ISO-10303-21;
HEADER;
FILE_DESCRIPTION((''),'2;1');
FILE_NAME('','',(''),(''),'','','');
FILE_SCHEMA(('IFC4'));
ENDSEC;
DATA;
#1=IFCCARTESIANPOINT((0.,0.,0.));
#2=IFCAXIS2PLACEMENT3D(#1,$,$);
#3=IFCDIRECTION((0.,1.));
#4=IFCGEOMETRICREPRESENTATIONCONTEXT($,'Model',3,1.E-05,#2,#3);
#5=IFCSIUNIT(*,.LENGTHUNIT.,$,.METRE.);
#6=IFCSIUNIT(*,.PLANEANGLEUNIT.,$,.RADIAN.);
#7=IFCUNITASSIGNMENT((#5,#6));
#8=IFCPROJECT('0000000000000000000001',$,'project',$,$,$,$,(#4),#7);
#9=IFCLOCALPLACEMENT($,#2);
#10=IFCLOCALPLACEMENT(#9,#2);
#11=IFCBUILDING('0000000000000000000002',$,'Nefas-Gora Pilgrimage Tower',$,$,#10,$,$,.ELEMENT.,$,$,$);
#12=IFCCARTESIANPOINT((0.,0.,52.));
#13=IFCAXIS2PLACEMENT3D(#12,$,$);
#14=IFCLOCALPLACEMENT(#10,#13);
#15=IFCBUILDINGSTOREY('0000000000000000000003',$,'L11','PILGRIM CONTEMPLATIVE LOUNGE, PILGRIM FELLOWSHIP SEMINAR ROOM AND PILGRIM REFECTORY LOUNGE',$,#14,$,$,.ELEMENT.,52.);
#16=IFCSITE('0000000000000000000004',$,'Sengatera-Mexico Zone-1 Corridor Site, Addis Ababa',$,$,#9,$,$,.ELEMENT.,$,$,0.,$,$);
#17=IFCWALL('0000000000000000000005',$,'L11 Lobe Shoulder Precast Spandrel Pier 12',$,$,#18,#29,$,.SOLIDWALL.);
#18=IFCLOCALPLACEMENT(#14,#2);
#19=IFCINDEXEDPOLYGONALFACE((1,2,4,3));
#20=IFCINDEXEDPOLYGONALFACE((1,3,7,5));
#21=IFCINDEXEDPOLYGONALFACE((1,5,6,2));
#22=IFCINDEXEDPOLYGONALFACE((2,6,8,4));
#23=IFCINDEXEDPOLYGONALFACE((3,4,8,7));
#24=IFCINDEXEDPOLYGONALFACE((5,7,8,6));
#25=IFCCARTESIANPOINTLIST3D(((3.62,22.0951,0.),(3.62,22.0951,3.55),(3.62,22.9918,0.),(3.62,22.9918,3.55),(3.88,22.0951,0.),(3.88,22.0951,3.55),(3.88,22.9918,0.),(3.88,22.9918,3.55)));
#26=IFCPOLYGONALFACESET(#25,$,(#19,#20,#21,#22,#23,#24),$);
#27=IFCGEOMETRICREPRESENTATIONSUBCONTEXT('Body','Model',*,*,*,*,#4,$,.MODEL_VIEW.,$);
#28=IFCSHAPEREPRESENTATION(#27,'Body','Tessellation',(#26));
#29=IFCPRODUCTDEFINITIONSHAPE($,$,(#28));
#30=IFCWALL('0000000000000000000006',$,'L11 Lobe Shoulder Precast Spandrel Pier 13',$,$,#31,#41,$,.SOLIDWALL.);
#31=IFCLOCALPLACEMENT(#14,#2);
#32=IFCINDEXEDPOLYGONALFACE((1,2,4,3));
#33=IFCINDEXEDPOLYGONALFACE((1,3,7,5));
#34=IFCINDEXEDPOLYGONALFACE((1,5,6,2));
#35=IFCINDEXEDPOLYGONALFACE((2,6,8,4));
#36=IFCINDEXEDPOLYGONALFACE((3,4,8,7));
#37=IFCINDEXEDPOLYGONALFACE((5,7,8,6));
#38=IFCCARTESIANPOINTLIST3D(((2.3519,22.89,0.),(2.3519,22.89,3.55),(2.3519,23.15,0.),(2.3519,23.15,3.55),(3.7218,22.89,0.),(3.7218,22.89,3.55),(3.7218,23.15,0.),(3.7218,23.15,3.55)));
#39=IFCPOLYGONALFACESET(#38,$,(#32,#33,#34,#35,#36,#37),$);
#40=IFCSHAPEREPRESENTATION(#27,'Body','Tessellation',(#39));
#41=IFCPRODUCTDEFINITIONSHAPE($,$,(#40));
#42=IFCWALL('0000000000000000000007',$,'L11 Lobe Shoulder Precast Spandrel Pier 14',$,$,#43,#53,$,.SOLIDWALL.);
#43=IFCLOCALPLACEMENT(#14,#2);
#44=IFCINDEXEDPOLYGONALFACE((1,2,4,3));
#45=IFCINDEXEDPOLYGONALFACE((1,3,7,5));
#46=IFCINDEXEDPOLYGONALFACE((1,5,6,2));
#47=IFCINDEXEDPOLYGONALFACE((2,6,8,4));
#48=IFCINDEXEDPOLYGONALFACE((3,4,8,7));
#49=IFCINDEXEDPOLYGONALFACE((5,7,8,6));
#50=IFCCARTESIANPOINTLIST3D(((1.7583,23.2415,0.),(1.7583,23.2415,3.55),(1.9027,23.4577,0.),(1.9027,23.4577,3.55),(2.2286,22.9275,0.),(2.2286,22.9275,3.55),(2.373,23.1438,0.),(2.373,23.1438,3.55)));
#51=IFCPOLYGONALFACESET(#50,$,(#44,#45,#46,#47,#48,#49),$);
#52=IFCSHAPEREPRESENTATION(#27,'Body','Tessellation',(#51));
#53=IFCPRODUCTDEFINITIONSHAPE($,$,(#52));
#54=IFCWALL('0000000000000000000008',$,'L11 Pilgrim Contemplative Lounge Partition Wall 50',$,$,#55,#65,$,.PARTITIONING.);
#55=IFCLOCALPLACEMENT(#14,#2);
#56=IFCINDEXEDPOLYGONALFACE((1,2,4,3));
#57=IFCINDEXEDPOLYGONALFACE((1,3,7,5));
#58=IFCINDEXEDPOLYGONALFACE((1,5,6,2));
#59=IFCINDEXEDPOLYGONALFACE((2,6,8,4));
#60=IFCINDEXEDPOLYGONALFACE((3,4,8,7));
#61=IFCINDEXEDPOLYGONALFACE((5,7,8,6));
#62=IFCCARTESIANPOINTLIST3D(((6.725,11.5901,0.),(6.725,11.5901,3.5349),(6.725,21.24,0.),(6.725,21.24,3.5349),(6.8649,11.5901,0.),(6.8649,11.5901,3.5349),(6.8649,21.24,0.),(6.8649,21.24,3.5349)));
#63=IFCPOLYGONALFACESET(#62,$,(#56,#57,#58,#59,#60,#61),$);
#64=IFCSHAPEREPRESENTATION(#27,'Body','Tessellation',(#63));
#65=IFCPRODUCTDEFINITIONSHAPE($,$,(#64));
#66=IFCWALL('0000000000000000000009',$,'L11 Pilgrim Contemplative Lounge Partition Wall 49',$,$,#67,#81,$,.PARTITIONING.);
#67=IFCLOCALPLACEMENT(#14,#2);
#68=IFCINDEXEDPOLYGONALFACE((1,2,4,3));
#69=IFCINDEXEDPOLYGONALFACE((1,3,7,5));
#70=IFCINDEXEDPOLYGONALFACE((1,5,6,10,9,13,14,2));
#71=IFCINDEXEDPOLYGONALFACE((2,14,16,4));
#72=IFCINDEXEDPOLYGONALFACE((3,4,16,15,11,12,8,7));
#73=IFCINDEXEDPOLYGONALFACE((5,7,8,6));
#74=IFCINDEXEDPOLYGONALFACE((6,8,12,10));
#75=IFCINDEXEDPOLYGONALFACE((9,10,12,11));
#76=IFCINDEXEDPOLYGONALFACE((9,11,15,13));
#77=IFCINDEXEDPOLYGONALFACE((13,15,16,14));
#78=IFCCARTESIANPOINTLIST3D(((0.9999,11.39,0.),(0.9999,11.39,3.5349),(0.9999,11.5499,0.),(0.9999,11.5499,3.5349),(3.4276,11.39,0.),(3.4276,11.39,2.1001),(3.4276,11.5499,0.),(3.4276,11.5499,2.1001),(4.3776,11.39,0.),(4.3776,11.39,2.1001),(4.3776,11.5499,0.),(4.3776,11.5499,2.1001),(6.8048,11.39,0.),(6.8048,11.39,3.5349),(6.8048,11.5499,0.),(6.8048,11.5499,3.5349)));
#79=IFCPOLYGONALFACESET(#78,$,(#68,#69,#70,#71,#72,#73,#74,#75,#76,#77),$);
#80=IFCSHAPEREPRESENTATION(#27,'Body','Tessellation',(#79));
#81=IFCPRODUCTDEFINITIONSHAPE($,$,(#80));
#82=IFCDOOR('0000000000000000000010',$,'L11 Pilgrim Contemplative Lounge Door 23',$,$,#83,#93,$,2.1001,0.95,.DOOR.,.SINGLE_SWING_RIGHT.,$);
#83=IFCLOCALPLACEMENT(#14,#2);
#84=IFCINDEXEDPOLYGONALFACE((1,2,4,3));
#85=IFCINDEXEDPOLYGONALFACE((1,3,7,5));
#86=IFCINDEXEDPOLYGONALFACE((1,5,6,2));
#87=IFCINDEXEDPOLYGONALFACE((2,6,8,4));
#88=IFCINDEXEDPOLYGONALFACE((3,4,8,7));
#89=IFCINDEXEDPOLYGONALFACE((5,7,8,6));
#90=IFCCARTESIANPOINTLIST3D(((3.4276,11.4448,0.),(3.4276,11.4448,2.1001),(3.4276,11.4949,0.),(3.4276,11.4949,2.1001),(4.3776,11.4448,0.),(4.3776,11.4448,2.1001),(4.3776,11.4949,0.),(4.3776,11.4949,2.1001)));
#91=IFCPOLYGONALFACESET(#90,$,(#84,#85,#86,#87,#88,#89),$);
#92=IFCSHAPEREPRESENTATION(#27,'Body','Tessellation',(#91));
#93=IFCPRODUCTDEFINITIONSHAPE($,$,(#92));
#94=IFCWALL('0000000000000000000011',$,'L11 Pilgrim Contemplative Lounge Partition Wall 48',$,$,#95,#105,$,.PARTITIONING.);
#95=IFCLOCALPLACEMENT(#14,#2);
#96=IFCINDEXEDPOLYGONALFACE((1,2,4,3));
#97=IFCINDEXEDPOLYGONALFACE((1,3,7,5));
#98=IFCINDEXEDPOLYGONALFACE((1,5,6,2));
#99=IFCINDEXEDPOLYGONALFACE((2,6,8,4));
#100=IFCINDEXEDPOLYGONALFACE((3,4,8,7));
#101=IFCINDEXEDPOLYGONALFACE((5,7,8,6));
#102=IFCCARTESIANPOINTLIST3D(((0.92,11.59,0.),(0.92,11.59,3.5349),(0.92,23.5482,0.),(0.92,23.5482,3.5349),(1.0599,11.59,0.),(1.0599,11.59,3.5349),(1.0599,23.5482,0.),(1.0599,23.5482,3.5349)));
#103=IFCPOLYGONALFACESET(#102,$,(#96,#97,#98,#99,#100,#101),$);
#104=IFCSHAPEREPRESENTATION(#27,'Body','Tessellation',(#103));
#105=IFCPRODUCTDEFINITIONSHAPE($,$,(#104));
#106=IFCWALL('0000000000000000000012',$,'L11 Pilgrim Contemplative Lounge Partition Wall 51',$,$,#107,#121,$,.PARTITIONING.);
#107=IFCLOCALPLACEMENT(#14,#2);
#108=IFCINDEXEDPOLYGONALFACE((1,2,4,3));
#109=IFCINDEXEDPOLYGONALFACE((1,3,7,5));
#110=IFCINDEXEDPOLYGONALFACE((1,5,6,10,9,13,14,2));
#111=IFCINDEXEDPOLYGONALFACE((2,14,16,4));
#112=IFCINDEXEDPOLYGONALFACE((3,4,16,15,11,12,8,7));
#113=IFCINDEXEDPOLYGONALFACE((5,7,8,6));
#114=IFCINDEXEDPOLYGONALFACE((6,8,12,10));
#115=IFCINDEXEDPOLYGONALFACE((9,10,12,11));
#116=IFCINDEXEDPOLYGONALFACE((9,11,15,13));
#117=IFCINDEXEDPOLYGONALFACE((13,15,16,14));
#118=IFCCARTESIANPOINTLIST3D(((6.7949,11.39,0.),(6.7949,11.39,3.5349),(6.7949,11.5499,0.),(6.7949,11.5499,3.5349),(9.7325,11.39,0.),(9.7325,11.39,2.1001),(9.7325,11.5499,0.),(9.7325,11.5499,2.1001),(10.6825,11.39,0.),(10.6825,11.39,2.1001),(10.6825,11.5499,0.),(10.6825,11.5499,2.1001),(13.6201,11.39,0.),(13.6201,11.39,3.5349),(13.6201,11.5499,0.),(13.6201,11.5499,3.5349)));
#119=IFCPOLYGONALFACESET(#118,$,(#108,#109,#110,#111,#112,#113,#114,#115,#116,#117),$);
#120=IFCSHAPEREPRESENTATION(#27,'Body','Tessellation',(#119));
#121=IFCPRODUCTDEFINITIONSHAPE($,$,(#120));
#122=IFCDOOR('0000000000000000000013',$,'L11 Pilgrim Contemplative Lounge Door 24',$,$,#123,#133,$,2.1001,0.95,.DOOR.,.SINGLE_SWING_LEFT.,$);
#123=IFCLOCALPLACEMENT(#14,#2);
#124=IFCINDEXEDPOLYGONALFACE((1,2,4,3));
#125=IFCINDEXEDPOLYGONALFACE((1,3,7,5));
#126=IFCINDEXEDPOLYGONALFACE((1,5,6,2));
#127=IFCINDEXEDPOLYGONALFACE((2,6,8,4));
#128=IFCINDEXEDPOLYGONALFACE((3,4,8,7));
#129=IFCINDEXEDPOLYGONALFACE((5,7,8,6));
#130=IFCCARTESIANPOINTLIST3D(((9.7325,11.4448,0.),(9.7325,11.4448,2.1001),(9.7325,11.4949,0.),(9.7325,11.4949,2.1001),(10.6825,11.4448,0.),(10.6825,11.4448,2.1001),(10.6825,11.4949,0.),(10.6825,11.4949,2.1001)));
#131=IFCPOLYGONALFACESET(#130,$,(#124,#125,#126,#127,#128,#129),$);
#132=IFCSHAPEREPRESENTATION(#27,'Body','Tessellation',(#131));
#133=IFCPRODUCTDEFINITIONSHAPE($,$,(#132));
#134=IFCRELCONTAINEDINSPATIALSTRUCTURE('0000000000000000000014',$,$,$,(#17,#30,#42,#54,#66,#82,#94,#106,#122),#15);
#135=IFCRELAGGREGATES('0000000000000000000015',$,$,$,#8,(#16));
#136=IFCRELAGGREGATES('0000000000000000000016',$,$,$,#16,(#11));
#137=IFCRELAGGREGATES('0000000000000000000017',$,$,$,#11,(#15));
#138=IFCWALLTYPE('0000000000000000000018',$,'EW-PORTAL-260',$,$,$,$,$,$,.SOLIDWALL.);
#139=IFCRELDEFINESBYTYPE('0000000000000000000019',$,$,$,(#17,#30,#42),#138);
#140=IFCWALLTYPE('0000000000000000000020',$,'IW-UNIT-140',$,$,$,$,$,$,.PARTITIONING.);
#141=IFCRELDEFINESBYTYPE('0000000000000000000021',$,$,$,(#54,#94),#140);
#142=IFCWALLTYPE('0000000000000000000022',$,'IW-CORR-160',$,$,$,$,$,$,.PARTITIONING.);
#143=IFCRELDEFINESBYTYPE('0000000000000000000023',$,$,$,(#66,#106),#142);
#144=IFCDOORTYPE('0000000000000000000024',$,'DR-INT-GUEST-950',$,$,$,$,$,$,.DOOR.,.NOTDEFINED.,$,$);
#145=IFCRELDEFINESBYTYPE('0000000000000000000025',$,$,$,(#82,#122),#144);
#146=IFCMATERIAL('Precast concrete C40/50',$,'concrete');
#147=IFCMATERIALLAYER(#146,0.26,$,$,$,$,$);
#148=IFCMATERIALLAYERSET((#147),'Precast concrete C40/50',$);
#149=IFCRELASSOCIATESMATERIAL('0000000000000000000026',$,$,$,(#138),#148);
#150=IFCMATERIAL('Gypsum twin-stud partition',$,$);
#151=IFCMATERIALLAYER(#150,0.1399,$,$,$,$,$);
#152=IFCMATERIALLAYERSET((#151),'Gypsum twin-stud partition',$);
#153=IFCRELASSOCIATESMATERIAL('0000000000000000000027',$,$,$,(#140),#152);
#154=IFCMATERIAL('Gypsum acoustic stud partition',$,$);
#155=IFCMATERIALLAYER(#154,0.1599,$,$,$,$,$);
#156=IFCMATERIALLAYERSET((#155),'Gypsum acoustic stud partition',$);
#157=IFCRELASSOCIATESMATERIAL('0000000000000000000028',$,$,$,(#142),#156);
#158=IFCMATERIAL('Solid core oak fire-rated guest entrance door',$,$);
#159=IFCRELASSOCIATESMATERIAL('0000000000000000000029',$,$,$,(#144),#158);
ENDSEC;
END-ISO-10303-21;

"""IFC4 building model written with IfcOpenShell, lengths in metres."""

from ifc_helpers import new_model, si_unit, direction, frame, frame_2d, origin, place, context, subcontext, project, spatial, rectangle, extrude, source, transform, mapped, material, layer, layer_set, type_object, element, fill, save


model = new_model("IFC4")

# Units and contexts
model_context = context("Model", 3, precision=1e-05, world=origin(), true_north=direction((0.0, 1.0)))
body_context = subcontext(model_context, "Body", "Model", "MODEL_VIEW")
ifc_project = project(units=[si_unit("LENGTHUNIT", "METRE"), si_unit("PLANEANGLEUNIT", "RADIAN")], contexts=[model_context])

# Site, building, storey
site_placement = place(None, origin())
site = spatial("IfcSite", under=ifc_project, at=site_placement, Name="Sengatera-Mexico Zone-1 Corridor Site, Addis Ababa", CompositionType="ELEMENT", RefElevation=0.0)
building_placement = place(site_placement, origin())
building = spatial("IfcBuilding", under=site, at=building_placement, Name="Nefas-Gora Pilgrimage Tower", CompositionType="ELEMENT")
storey_placement = place(building_placement, frame((0.0, 0.0, 52.0)))
storey = spatial("IfcBuildingStorey", under=building, at=storey_placement, Name="L11", Description="PILGRIM CONTEMPLATIVE LOUNGE, PILGRIM FELLOWSHIP SEMINAR ROOM AND PILGRIM REFECTORY LOUNGE", CompositionType="ELEMENT", Elevation=52.0)

# Walls
ifc_material_1 = material(Name="Precast concrete C40/50", Category="concrete")
ifc_layer_1 = layer(ifc_material_1, 0.26)
ifc_layer_set_1 = layer_set([ifc_layer_1], Name="Precast concrete C40/50")
wall_type_1 = type_object("IfcWallType", Name="EW-PORTAL-260", PredefinedType="SOLIDWALL", material=ifc_layer_set_1)
shared_shape_1 = source(origin(), body_context, "Body", "SweptSolid", [
    extrude(rectangle(XDim=0.8967, YDim=0.26, at=frame_2d((0.4482, 0.0))), origin(), (0.0, 0.0, 1.0), 3.55),
])
wall_1_placement = place(storey_placement, frame((3.75, 22.0952, 0.0), z_axis=(0.0, 0.0, 1.0), x_axis=(0.0, 1.0, 0.0)))
element("IfcWall", 1, at=wall_1_placement, inside=storey, type_object=wall_type_1, Name="L11 Lobe Shoulder Precast Spandrel Pier 12", PredefinedType="SOLIDWALL", context=body_context, shape_type="MappedRepresentation", body=[
    mapped(shared_shape_1, transform((0.0, 0.0, 0.0), x_axis=(1.0, 0.0, 0.0), y_axis=(0.0, 1.0, 0.0), z_axis=(0.0, 0.0, 1.0), scale=1.0)),
])
shared_shape_2 = source(origin(), body_context, "Body", "SweptSolid", [
    extrude(rectangle(XDim=1.3699, YDim=0.26, at=frame_2d((0.6851, 0.0))), origin(), (0.0, 0.0, 1.0), 3.55),
])
wall_2_placement = place(storey_placement, frame((3.7219, 23.02, 0.0), z_axis=(0.0, 0.0, 1.0), x_axis=(-1.0, 0.0, 0.0)))
element("IfcWall", 2, at=wall_2_placement, inside=storey, type_object=wall_type_1, Name="L11 Lobe Shoulder Precast Spandrel Pier 13", PredefinedType="SOLIDWALL", context=body_context, shape_type="MappedRepresentation", body=[
    mapped(shared_shape_2, transform((0.0, 0.0, 0.0), x_axis=(1.0, 0.0, 0.0), y_axis=(0.0, 1.0, 0.0), z_axis=(0.0, 0.0, 1.0), scale=1.0)),
])
shared_shape_3 = source(origin(), body_context, "Body", "SweptSolid", [
    extrude(rectangle(XDim=0.5654, YDim=0.26, at=frame_2d((0.2827, 0.0))), origin(), (0.0, 0.0, 1.0), 3.55),
])
wall_3_placement = place(storey_placement, frame((2.3008, 23.0356, 0.0), z_axis=(0.0, 0.0, 1.0), x_axis=(-0.831651, 0.555298, 0.0)))
element("IfcWall", 3, at=wall_3_placement, inside=storey, type_object=wall_type_1, Name="L11 Lobe Shoulder Precast Spandrel Pier 14", PredefinedType="SOLIDWALL", context=body_context, shape_type="MappedRepresentation", body=[
    mapped(shared_shape_3, transform((0.0, 0.0, 0.0), x_axis=(1.0, 0.0, 0.0), y_axis=(0.0, 1.0, 0.0), z_axis=(0.0, 0.0, 1.0), scale=1.0)),
])
ifc_material_2 = material(Name="Gypsum twin-stud partition")
ifc_layer_2 = layer(ifc_material_2, 0.1399)
ifc_layer_set_2 = layer_set([ifc_layer_2], Name="Gypsum twin-stud partition")
wall_type_2 = type_object("IfcWallType", Name="IW-UNIT-140", PredefinedType="PARTITIONING", material=ifc_layer_set_2)
shared_shape_4 = source(origin(), body_context, "Body", "SweptSolid", [
    extrude(rectangle(XDim=9.6499, YDim=0.1399, at=frame_2d((4.825, 0.0))), origin(), (0.0, 0.0, 1.0), 3.5349),
])
wall_4_placement = place(storey_placement, frame((6.7949, 11.5901, 0.0), z_axis=(0.0, 0.0, 1.0), x_axis=(0.0, 1.0, 0.0)))
element("IfcWall", 4, at=wall_4_placement, inside=storey, type_object=wall_type_2, Name="L11 Pilgrim Contemplative Lounge Partition Wall 50", PredefinedType="PARTITIONING", context=body_context, shape_type="MappedRepresentation", body=[
    mapped(shared_shape_4, transform((0.0, 0.0, 0.0), x_axis=(1.0, 0.0, 0.0), y_axis=(0.0, 1.0, 0.0), z_axis=(0.0, 0.0, 1.0), scale=1.0)),
])

# Wall, opening, door
ifc_material_3 = material(Name="Gypsum acoustic stud partition")
ifc_layer_3 = layer(ifc_material_3, 0.1599)
ifc_layer_set_3 = layer_set([ifc_layer_3], Name="Gypsum acoustic stud partition")
wall_type_3 = type_object("IfcWallType", Name="IW-CORR-160", PredefinedType="PARTITIONING", material=ifc_layer_set_3)
shared_shape_5 = source(origin(), body_context, "Body", "SweptSolid", [
    extrude(rectangle(XDim=5.8049, YDim=0.1599, at=frame_2d((2.9023, 0.0))), origin(), (0.0, 0.0, 1.0), 3.5349),
])
wall_5_placement = place(storey_placement, frame((1.0, 11.47, 0.0), z_axis=(0.0, 0.0, 1.0), x_axis=(1.0, 0.0, 0.0)))
wall_5 = element("IfcWall", 5, at=wall_5_placement, inside=storey, type_object=wall_type_3, Name="L11 Pilgrim Contemplative Lounge Partition Wall 49", PredefinedType="PARTITIONING", context=body_context, shape_type="MappedRepresentation", body=[
    mapped(shared_shape_5, transform((0.0, 0.0, 0.0), x_axis=(1.0, 0.0, 0.0), y_axis=(0.0, 1.0, 0.0), z_axis=(0.0, 0.0, 1.0), scale=1.0)),
])
opening_1_placement = place(wall_5_placement, frame((2.4275, 0.0, 0.0)))
opening_1 = element("IfcOpeningElement", 6, at=opening_1_placement, cuts=wall_5, PredefinedType="OPENING", context=body_context, shape_type="SweptSolid", body=[
    extrude(rectangle(XDim=0.95, YDim=2.1001, at=frame_2d((0.4751, 1.05))), frame((0.0, 0.0898, 0.0), z_axis=(0.0, -1.0, 0.0), x_axis=(1.0, 0.0, 0.0)), (0.0, 0.0, 1.0), 0.1799),
])
ifc_material_4 = material(Name="Solid core oak fire-rated guest entrance door")
door_type = type_object("IfcDoorType", Name="DR-INT-GUEST-950", OperationType="NOTDEFINED", PredefinedType="DOOR", material=ifc_material_4)
shared_shape_6 = source(origin(), body_context, "Body", "SweptSolid", [
    extrude(rectangle(XDim=0.95, YDim=2.1001, at=frame_2d((0.4751, 1.05))), frame((0.0, 0.0249, 0.0), z_axis=(0.0, -1.0, 0.0), x_axis=(1.0, 0.0, 0.0)), (0.0, 0.0, 1.0), 0.05),
])
door_1_placement = place(opening_1_placement, origin())
door_1 = element("IfcDoor", 7, at=door_1_placement, inside=storey, type_object=door_type, Name="L11 Pilgrim Contemplative Lounge Door 23", OperationType="SINGLE_SWING_RIGHT", OverallHeight=2.1001, OverallWidth=0.95, PredefinedType="DOOR", context=body_context, shape_type="MappedRepresentation", body=[
    mapped(shared_shape_6, transform((0.0, 0.0, 0.0), x_axis=(1.0, 0.0, 0.0), y_axis=(0.0, 1.0, 0.0), z_axis=(0.0, 0.0, 1.0), scale=1.0)),
])
fill(opening_1, door_1)

# Wall
shared_shape_7 = source(origin(), body_context, "Body", "SweptSolid", [
    extrude(rectangle(XDim=11.9583, YDim=0.1399, at=frame_2d((5.979, 0.0))), origin(), (0.0, 0.0, 1.0), 3.5349),
])
wall_6_placement = place(storey_placement, frame((0.99, 11.5901, 0.0), z_axis=(0.0, 0.0, 1.0), x_axis=(0.0, 1.0, 0.0)))
element("IfcWall", 8, at=wall_6_placement, inside=storey, type_object=wall_type_2, Name="L11 Pilgrim Contemplative Lounge Partition Wall 48", PredefinedType="PARTITIONING", context=body_context, shape_type="MappedRepresentation", body=[
    mapped(shared_shape_7, transform((0.0, 0.0, 0.0), x_axis=(1.0, 0.0, 0.0), y_axis=(0.0, 1.0, 0.0), z_axis=(0.0, 0.0, 1.0), scale=1.0)),
])

# Wall, opening, door
shared_shape_8 = source(origin(), body_context, "Body", "SweptSolid", [
    extrude(rectangle(XDim=6.8252, YDim=0.1599, at=frame_2d((3.4126, 0.0))), origin(), (0.0, 0.0, 1.0), 3.5349),
])
wall_7_placement = place(storey_placement, frame((6.7949, 11.47, 0.0), z_axis=(0.0, 0.0, 1.0), x_axis=(1.0, 0.0, 0.0)))
wall_7 = element("IfcWall", 9, at=wall_7_placement, inside=storey, type_object=wall_type_3, Name="L11 Pilgrim Contemplative Lounge Partition Wall 51", PredefinedType="PARTITIONING", context=body_context, shape_type="MappedRepresentation", body=[
    mapped(shared_shape_8, transform((0.0, 0.0, 0.0), x_axis=(1.0, 0.0, 0.0), y_axis=(0.0, 1.0, 0.0), z_axis=(0.0, 0.0, 1.0), scale=1.0)),
])
opening_2_placement = place(wall_7_placement, frame((2.9375, 0.0, 0.0)))
opening_2 = element("IfcOpeningElement", 10, at=opening_2_placement, cuts=wall_7, PredefinedType="OPENING", context=body_context, shape_type="SweptSolid", body=[
    extrude(rectangle(XDim=0.95, YDim=2.1001, at=frame_2d((0.4751, 1.05))), frame((0.0, 0.0898, 0.0), z_axis=(0.0, -1.0, 0.0), x_axis=(1.0, 0.0, 0.0)), (0.0, 0.0, 1.0), 0.1799),
])
door_2_placement = place(opening_2_placement, origin())
door_2 = element("IfcDoor", 11, at=door_2_placement, inside=storey, type_object=door_type, Name="L11 Pilgrim Contemplative Lounge Door 24", OperationType="SINGLE_SWING_LEFT", OverallHeight=2.1001, OverallWidth=0.95, PredefinedType="DOOR", context=body_context, shape_type="MappedRepresentation", body=[
    mapped(shared_shape_6, transform((0.0, 0.0, 0.0), x_axis=(1.0, 0.0, 0.0), y_axis=(0.0, 1.0, 0.0), z_axis=(0.0, 0.0, 1.0), scale=1.0)),
])
fill(opening_2, door_2)

save(model, "model.ifc")
